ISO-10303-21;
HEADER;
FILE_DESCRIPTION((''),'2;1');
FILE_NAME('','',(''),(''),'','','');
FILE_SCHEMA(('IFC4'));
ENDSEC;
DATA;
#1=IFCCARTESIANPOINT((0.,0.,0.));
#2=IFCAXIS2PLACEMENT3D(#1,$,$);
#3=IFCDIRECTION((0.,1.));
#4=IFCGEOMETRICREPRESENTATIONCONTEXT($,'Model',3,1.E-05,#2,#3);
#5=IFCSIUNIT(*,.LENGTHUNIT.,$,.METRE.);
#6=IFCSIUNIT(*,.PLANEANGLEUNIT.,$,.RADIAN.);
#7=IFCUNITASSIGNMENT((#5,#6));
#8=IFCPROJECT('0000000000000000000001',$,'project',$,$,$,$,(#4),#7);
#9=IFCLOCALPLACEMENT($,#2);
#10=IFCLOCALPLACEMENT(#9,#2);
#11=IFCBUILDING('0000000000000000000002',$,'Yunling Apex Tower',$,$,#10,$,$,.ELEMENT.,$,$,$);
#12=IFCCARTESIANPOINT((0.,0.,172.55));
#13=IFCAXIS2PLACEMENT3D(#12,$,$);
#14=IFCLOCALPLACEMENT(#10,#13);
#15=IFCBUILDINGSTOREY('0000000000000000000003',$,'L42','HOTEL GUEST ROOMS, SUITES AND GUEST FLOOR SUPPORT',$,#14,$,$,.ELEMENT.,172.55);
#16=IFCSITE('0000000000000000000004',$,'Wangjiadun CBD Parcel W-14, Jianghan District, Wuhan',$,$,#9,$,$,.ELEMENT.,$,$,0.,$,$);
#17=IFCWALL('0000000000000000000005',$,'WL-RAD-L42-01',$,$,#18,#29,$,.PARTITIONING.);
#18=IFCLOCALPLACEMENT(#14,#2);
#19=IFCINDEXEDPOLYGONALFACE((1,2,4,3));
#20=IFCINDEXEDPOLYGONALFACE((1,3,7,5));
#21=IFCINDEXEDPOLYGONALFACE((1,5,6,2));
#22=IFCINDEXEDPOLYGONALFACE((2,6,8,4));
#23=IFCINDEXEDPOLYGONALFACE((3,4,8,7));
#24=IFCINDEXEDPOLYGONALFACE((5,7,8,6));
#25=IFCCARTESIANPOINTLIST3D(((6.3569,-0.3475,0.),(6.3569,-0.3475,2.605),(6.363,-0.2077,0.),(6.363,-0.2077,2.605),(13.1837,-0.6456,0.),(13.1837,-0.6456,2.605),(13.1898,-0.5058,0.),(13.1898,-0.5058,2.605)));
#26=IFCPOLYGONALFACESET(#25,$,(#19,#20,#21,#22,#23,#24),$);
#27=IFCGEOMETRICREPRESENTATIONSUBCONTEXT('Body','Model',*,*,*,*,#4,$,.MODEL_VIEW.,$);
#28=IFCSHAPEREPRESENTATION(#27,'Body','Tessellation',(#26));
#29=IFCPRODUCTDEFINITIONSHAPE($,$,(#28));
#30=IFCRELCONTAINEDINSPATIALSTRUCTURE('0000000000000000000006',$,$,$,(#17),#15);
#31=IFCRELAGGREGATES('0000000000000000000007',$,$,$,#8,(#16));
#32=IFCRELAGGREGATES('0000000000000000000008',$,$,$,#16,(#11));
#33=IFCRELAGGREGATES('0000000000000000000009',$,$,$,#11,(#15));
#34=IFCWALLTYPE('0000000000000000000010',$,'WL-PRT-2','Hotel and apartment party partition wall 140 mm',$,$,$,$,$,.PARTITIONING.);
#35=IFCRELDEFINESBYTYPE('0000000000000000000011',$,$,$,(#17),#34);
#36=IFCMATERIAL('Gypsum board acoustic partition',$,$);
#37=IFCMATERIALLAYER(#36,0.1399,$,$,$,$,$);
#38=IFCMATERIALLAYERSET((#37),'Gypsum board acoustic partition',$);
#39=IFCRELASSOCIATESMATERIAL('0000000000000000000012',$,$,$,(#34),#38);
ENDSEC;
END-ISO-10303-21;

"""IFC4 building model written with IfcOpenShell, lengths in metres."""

from ifc_helpers import new_model, si_unit, direction, frame, frame_2d, origin, place, context, subcontext, project, spatial, rectangle, extrude, material, layer, layer_set, type_object, element, save


model = new_model("IFC4")

# Units and contexts
model_context = context("Model", 3, precision=1e-05, world=origin(), true_north=direction((0.0, 1.0)))
body_context = subcontext(model_context, "Body", "Model", "MODEL_VIEW")
ifc_project = project(units=[si_unit("LENGTHUNIT", "METRE"), si_unit("PLANEANGLEUNIT", "RADIAN")], contexts=[model_context])

# Site, building, storey
site_placement = place(None, origin())
site = spatial("IfcSite", under=ifc_project, at=site_placement, Name="Wangjiadun CBD Parcel W-14, Jianghan District, Wuhan", CompositionType="ELEMENT", RefElevation=0.0)
building_placement = place(site_placement, origin())
building = spatial("IfcBuilding", under=site, at=building_placement, Name="Yunling Apex Tower", CompositionType="ELEMENT")
storey_placement = place(building_placement, frame((0.0, 0.0, 172.55)))
storey = spatial("IfcBuildingStorey", under=building, at=storey_placement, Name="L42", Description="HOTEL GUEST ROOMS, SUITES AND GUEST FLOOR SUPPORT", CompositionType="ELEMENT", Elevation=172.55)

# Wall
ifc_material_1 = material(Name="Gypsum board acoustic partition")
ifc_layer_1 = layer(ifc_material_1, 0.1399)
ifc_layer_set_1 = layer_set([ifc_layer_1], Name="Gypsum board acoustic partition")
wall_type_1 = type_object("IfcWallType", Name="WL-PRT-2", Description="Hotel and apartment party partition wall 140 mm", PredefinedType="PARTITIONING", material=ifc_layer_set_1)
wall_1_placement = place(storey_placement, frame((6.3601, -0.2776, 0.0), z_axis=(0.0, 0.0, 1.0), x_axis=(0.999048, -0.043625, 0.0)))
element("IfcWall", 1, at=wall_1_placement, inside=storey, type_object=wall_type_1, Name="WL-RAD-L42-01", PredefinedType="PARTITIONING", context=body_context, shape_type="SweptSolid", body=[
    extrude(rectangle(XDim=6.8333, YDim=0.1399, at=frame_2d((3.4165, 0.0))), origin(), (0.0, 0.0, 1.0), 2.605),
])

save(model, "model.ifc")
